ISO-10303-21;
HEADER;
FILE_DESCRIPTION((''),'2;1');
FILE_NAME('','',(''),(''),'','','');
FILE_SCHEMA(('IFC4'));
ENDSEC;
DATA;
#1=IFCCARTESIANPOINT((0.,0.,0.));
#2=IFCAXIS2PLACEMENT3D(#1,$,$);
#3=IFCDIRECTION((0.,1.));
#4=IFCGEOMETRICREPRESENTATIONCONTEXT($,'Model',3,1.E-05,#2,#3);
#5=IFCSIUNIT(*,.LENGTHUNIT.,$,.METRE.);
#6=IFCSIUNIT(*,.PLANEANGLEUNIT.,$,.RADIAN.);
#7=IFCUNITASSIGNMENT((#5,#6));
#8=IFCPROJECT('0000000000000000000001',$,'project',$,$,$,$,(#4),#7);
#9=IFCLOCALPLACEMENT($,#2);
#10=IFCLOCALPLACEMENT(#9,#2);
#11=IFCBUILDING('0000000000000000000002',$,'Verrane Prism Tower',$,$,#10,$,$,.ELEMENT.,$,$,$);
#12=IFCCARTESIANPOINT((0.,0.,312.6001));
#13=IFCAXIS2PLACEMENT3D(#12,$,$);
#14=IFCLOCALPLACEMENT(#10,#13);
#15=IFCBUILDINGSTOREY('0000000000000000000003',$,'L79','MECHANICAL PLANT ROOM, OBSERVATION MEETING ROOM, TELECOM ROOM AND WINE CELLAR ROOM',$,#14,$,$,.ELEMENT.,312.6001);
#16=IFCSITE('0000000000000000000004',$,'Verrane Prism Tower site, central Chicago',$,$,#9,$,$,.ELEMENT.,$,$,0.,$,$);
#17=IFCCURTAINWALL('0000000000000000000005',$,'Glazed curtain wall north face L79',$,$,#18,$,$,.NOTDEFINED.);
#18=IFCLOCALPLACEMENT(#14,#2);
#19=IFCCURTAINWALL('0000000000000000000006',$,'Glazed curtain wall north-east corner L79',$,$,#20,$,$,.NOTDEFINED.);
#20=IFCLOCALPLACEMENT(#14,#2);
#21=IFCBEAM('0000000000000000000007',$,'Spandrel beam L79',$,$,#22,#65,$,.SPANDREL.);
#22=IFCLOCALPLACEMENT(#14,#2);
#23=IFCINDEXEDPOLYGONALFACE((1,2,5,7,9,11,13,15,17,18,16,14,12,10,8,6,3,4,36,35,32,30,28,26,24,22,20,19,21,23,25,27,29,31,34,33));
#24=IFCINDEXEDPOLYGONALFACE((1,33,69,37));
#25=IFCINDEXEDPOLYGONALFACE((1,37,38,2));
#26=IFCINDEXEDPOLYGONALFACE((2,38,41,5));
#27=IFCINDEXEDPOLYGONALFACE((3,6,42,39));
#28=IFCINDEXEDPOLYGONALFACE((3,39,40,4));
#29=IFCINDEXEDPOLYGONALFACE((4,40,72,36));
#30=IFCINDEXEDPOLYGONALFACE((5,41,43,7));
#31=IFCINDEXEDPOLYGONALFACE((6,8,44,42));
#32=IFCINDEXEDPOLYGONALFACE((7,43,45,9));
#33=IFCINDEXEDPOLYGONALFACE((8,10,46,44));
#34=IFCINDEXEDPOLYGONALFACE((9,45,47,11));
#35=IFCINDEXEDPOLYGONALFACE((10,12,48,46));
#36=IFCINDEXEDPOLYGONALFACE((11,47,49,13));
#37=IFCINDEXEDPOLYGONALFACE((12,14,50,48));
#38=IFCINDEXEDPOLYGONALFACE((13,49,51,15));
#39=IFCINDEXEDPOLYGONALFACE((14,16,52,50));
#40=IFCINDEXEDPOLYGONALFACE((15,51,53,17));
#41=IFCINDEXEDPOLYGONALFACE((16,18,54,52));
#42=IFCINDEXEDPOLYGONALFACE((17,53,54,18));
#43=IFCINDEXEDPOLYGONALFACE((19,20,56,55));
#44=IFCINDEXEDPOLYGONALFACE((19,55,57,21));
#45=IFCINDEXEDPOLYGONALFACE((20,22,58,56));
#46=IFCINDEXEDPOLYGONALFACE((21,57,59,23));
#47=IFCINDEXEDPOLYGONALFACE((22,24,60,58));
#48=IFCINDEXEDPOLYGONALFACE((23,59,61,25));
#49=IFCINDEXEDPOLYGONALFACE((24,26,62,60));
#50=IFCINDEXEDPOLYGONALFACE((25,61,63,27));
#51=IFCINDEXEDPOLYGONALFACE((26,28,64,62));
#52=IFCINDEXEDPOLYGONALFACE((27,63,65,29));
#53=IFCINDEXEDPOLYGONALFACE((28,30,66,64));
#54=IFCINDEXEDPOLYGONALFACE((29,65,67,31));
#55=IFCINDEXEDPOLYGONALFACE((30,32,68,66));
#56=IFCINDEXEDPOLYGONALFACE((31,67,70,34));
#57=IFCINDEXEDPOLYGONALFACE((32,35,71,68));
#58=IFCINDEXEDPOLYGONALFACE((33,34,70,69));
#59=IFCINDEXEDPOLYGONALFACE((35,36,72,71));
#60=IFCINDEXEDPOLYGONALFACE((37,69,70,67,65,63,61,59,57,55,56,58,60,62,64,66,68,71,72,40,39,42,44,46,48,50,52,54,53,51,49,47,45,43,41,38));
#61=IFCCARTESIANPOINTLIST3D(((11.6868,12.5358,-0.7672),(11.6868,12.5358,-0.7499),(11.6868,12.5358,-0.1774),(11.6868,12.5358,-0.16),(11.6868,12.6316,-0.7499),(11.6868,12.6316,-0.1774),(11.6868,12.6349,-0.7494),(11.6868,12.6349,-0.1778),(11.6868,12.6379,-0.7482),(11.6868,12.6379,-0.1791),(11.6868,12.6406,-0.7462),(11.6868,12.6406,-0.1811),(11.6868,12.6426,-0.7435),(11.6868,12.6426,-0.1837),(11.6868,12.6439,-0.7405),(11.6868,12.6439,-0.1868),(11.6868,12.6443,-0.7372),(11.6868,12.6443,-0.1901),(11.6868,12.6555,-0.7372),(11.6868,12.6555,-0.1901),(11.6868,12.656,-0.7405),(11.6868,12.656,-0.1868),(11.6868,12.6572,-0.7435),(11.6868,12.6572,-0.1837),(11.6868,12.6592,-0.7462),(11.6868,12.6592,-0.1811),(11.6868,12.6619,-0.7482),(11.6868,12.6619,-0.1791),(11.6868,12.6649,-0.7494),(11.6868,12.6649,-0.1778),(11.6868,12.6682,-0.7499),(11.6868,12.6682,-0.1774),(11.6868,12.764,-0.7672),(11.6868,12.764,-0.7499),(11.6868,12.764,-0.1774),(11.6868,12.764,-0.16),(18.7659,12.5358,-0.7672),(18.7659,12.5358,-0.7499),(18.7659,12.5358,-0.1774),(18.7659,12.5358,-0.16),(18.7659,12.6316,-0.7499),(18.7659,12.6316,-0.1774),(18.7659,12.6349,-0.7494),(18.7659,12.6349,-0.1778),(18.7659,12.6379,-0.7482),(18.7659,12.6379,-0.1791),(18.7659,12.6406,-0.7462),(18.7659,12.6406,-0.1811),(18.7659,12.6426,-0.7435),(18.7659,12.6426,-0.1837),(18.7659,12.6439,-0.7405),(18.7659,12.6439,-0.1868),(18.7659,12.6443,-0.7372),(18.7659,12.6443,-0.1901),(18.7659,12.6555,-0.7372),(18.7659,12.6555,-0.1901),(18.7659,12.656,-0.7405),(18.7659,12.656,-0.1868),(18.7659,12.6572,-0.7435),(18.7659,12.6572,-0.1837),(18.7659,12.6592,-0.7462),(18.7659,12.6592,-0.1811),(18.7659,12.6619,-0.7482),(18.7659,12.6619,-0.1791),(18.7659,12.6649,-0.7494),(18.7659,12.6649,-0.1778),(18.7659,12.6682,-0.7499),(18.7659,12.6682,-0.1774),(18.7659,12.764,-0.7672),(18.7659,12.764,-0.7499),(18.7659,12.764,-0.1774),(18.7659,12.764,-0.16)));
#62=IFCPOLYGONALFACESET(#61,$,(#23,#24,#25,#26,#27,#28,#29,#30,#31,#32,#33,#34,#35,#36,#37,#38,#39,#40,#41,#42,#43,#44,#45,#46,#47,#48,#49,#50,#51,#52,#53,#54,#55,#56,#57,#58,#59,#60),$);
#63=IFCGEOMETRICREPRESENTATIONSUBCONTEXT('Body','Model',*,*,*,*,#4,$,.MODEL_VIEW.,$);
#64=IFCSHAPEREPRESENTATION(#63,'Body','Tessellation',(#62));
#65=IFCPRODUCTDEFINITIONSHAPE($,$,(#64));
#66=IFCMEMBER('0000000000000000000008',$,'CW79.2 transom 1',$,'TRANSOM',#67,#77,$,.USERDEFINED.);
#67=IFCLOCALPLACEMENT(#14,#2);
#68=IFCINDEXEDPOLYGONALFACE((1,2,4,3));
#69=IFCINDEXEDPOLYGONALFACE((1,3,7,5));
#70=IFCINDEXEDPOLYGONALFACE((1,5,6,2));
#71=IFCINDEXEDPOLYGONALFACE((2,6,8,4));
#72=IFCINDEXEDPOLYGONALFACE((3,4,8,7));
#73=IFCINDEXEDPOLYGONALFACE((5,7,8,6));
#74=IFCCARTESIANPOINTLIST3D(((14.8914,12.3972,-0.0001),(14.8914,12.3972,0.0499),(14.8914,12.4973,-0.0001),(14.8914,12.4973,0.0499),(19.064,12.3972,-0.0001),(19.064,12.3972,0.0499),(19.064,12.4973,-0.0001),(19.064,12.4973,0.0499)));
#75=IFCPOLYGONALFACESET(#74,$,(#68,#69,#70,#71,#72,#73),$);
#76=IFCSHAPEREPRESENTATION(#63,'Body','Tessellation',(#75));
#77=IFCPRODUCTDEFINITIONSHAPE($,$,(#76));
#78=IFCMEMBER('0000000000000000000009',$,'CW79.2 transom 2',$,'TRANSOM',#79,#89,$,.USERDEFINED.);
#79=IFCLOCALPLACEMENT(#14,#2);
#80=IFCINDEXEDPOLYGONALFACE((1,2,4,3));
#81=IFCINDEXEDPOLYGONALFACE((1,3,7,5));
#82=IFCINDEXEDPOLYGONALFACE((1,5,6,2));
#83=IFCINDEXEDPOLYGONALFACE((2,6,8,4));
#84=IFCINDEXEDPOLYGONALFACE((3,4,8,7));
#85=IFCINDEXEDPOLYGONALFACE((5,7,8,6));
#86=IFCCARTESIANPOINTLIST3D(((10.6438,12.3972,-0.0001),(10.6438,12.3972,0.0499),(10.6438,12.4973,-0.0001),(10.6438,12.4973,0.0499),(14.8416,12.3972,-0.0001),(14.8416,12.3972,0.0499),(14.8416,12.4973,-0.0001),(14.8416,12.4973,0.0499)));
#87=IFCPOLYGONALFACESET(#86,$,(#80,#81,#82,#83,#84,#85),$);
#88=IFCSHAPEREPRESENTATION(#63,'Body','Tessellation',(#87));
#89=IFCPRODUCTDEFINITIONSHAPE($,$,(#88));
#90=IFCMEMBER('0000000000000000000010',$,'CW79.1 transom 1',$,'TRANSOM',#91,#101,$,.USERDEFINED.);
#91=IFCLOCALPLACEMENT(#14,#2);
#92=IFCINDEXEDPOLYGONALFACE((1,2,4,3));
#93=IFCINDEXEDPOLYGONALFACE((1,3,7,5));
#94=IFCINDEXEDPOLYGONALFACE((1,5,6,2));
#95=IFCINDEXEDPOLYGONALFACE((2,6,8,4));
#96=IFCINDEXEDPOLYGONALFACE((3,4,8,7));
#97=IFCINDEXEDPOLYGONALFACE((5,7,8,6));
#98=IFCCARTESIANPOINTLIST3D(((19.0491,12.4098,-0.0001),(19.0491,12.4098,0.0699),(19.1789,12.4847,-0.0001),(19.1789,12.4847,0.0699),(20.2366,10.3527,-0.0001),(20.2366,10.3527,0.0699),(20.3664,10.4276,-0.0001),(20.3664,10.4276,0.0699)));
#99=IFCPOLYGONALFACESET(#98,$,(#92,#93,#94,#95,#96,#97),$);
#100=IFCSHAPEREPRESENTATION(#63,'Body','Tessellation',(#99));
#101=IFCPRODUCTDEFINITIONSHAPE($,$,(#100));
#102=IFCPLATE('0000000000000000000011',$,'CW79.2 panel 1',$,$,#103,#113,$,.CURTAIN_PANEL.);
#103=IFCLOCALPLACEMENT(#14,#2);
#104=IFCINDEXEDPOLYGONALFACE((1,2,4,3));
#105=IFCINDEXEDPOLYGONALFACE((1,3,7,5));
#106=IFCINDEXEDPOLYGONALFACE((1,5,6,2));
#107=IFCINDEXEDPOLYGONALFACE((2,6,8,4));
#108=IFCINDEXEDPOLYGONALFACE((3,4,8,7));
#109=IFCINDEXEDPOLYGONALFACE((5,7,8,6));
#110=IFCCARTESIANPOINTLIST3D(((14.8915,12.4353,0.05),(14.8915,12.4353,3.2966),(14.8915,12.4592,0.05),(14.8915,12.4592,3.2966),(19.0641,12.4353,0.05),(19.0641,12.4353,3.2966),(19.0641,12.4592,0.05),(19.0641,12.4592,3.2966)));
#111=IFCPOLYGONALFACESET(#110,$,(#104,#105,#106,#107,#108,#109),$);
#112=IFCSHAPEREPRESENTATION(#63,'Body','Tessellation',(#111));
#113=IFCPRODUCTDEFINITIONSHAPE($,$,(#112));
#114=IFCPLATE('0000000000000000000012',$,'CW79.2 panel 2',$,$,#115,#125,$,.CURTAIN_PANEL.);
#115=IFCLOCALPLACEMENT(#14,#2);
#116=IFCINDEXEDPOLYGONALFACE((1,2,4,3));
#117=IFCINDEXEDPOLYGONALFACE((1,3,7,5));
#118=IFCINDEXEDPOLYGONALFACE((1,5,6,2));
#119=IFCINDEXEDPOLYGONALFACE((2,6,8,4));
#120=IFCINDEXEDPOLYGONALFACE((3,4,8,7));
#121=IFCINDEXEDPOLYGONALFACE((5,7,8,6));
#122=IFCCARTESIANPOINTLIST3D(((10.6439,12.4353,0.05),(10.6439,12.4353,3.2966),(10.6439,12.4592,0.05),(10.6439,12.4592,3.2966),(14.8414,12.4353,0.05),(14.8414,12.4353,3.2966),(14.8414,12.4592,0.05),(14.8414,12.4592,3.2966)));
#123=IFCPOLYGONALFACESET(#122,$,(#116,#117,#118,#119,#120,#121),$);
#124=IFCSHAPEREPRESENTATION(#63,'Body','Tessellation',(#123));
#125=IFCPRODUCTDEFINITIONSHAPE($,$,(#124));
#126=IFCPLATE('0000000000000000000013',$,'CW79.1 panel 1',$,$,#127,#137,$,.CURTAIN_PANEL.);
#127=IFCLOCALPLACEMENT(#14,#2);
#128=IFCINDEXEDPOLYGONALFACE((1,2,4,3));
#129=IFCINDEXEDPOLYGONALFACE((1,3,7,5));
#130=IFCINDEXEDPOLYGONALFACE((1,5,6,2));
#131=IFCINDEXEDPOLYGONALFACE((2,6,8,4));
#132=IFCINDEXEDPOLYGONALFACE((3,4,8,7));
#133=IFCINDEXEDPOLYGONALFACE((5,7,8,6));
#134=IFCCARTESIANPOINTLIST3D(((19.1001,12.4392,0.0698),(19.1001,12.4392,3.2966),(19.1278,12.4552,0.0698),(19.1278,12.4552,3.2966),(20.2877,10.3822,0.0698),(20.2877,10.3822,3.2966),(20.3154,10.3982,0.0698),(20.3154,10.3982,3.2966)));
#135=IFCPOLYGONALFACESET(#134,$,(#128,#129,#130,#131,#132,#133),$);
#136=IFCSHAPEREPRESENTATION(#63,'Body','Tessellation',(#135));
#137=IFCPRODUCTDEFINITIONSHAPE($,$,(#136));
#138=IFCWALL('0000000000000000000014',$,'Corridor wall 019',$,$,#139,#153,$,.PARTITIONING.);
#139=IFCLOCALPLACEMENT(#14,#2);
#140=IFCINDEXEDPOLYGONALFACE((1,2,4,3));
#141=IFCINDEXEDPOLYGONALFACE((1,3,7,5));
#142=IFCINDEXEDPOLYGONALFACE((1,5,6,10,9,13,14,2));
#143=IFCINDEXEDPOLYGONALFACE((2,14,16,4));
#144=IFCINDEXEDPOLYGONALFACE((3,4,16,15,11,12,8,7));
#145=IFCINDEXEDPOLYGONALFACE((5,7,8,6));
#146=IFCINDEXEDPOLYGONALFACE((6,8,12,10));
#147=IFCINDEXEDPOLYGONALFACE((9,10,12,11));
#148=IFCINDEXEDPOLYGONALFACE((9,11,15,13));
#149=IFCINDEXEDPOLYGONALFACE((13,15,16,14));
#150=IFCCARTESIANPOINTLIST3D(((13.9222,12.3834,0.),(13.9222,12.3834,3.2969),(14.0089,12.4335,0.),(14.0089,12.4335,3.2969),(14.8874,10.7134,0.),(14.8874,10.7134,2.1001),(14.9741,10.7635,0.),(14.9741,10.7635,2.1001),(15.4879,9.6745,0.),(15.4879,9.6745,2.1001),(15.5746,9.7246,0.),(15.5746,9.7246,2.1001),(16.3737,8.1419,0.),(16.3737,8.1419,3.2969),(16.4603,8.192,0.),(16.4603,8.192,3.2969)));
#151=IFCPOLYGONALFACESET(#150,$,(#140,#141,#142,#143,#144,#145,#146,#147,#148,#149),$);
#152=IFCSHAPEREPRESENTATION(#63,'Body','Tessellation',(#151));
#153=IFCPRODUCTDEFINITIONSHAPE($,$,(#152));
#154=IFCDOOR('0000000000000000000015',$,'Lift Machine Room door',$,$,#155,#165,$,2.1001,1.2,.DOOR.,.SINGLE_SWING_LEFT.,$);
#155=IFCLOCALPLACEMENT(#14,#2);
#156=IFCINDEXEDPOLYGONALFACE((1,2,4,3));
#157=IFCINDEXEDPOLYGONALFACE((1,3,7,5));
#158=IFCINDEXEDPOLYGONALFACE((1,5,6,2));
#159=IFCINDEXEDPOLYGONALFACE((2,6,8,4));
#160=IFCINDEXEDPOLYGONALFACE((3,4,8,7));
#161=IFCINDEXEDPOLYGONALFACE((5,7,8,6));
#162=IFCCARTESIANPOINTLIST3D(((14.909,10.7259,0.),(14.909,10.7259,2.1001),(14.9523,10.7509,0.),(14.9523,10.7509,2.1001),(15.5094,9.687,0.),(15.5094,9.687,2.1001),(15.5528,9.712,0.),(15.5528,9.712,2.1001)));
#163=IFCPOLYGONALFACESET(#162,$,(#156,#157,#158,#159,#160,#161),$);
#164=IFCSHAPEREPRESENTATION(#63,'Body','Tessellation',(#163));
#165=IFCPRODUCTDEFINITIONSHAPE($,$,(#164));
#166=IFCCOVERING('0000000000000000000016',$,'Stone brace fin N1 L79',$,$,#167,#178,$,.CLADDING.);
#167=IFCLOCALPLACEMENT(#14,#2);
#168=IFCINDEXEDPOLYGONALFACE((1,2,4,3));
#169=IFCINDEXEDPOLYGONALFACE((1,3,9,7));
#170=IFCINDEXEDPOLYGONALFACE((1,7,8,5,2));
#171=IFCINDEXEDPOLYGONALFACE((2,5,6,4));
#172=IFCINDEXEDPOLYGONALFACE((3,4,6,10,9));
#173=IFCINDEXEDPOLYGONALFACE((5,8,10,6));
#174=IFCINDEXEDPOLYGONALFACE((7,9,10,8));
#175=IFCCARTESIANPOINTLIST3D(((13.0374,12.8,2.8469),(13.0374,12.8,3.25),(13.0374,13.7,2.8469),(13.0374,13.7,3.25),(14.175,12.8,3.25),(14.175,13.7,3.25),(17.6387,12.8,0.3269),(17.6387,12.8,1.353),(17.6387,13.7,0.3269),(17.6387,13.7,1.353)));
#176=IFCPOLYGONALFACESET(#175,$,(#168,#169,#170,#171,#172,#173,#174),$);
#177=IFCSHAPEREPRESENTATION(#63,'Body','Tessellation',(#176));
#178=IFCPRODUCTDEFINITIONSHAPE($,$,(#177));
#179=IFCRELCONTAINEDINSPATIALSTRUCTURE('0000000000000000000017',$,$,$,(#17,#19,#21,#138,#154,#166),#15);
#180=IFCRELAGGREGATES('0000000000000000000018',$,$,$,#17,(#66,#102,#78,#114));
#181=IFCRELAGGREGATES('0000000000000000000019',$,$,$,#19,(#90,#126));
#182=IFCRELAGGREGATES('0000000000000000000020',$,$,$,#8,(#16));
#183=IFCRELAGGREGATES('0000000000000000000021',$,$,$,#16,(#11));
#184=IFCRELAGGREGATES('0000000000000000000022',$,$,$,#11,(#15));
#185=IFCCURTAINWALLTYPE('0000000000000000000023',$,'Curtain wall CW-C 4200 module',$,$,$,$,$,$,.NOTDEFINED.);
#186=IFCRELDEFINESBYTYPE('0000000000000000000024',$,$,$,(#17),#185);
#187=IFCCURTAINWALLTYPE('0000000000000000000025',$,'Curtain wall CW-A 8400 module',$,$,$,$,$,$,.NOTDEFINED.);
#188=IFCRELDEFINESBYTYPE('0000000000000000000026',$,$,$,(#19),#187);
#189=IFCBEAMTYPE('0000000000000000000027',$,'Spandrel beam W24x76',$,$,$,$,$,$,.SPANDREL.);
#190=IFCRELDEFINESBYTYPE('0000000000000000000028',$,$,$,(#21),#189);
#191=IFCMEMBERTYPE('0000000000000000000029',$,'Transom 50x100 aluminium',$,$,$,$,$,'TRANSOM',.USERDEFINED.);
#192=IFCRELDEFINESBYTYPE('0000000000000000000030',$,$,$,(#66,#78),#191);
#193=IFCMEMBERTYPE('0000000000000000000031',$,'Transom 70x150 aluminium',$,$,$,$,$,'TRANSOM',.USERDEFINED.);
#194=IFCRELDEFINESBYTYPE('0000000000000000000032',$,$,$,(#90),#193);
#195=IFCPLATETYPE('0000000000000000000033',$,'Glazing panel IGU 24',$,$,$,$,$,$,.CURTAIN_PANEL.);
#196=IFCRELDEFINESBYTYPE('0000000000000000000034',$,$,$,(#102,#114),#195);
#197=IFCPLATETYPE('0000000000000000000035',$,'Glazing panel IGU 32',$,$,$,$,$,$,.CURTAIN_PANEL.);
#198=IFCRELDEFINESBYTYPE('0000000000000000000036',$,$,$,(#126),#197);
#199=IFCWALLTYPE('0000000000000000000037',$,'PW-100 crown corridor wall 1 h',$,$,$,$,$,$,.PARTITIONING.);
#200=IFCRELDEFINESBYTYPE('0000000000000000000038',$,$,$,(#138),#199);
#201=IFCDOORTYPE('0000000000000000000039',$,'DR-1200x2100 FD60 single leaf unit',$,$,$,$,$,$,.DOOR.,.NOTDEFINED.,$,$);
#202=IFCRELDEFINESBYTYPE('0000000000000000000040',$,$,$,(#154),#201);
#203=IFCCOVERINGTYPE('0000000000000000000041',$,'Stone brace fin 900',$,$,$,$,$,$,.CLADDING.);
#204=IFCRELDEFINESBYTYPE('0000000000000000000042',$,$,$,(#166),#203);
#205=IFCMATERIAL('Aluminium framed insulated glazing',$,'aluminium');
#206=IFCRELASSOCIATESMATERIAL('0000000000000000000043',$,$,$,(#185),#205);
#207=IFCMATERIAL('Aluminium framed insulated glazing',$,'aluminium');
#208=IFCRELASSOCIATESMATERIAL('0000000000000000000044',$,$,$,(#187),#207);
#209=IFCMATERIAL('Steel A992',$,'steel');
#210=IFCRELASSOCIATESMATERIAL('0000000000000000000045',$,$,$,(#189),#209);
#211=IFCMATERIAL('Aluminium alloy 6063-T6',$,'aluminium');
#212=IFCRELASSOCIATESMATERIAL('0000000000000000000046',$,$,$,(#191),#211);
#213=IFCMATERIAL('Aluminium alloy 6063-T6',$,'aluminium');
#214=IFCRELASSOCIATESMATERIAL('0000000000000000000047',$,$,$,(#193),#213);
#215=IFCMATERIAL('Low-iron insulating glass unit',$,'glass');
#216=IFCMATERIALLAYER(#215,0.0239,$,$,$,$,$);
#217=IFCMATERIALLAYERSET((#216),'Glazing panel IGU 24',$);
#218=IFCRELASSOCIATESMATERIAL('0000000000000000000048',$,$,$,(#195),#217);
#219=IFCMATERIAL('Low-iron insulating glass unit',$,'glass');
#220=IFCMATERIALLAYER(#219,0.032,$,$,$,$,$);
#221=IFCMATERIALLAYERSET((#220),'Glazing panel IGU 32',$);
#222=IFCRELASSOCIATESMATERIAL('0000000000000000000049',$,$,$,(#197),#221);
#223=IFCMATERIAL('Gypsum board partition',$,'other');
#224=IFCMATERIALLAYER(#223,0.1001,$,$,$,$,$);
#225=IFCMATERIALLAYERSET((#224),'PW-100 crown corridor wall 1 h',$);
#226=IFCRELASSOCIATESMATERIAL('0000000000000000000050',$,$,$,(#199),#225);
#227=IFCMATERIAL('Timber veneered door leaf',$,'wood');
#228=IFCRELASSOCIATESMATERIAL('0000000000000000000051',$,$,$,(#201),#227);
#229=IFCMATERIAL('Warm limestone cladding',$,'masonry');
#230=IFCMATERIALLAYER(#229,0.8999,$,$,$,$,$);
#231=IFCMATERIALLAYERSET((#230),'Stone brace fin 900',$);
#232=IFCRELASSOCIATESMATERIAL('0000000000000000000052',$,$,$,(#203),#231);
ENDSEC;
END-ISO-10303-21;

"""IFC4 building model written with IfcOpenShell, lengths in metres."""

from ifc_helpers import new_model, si_unit, direction, frame, frame_2d, origin, origin_2d, place, context, subcontext, project, spatial, polyline, rectangle, i_section, outline, extrude, material, layer, layer_set, material_profile, profile_set, type_object, element, fill, aggregate, save


model = new_model("IFC4")

# Units and contexts
model_context = context("Model", 3, precision=1e-05, world=origin(), true_north=direction((0.0, 1.0)))
body_context = subcontext(model_context, "Body", "Model", "MODEL_VIEW")
ifc_project = project(units=[si_unit("LENGTHUNIT", "METRE"), si_unit("PLANEANGLEUNIT", "RADIAN")], contexts=[model_context])

# Site, building, storey
site_placement = place(None, origin())
site = spatial("IfcSite", under=ifc_project, at=site_placement, Name="Verrane Prism Tower site, central Chicago", CompositionType="ELEMENT", RefElevation=0.0)
building_placement = place(site_placement, origin())
building = spatial("IfcBuilding", under=site, at=building_placement, Name="Verrane Prism Tower", CompositionType="ELEMENT")
storey_placement = place(building_placement, frame((0.0, 0.0, 312.6001)))
storey = spatial("IfcBuildingStorey", under=building, at=storey_placement, Name="L79", Description="MECHANICAL PLANT ROOM, OBSERVATION MEETING ROOM, TELECOM ROOM AND WINE CELLAR ROOM", CompositionType="ELEMENT", Elevation=312.6001)

# Curtain wall
ifc_material_1 = material(Name="Aluminium framed insulated glazing", Category="aluminium")
curtain_wall_type_1 = type_object("IfcCurtainWallType", Name="Curtain wall CW-C 4200 module", PredefinedType="NOTDEFINED", material=ifc_material_1)
curtain_wall_1_placement = place(storey_placement, origin())
curtain_wall_1 = element("IfcCurtainWall", 1, at=curtain_wall_1_placement, inside=storey, type_object=curtain_wall_type_1, Name="Glazed curtain wall north face L79", PredefinedType="NOTDEFINED")

# Curtain wall
ifc_material_2 = material(Name="Aluminium framed insulated glazing", Category="aluminium")
curtain_wall_type_2 = type_object("IfcCurtainWallType", Name="Curtain wall CW-A 8400 module", PredefinedType="NOTDEFINED", material=ifc_material_2)
curtain_wall_2_placement = place(storey_placement, origin())
curtain_wall_2 = element("IfcCurtainWall", 2, at=curtain_wall_2_placement, inside=storey, type_object=curtain_wall_type_2, Name="Glazed curtain wall north-east corner L79", PredefinedType="NOTDEFINED")

# Beam
ifc_material_3 = material(Name="Steel A992", Category="steel")
ifc_material_profile_1 = material_profile(ifc_material_3, i_section(OverallWidth=0.2283, OverallDepth=0.6072, WebThickness=0.0112, FlangeThickness=0.0173, FilletRadius=0.0127, at=origin_2d()), Name="W24x76")
ifc_profile_set_1 = profile_set([ifc_material_profile_1], Name="Steel A992")
beam_type_1 = type_object("IfcBeamType", Name="Spandrel beam W24x76", PredefinedType="SPANDREL", material=ifc_profile_set_1)
beam_1_placement = place(storey_placement, frame((18.7659, 12.6499, -0.4636), z_axis=(-1.0, 0.0, 0.0), x_axis=(0.0, -1.0, 0.0)))
element("IfcBeam", 3, at=beam_1_placement, inside=storey, type_object=beam_type_1, Name="Spandrel beam L79", PredefinedType="SPANDREL", context=body_context, shape_type="SweptSolid", body=[
    extrude(i_section(OverallWidth=0.2283, OverallDepth=0.6072, WebThickness=0.0112, FlangeThickness=0.0173, FilletRadius=0.0127, at=origin_2d()), origin(), (0.0, 0.0, 1.0), 7.0791),
])

# Members
ifc_material_4 = material(Name="Aluminium alloy 6063-T6", Category="aluminium")
ifc_material_profile_2 = material_profile(ifc_material_4, rectangle(XDim=0.1001, YDim=0.05, at=origin_2d()), Name="Transom 50x100 aluminium")
ifc_profile_set_2 = profile_set([ifc_material_profile_2], Name="Aluminium alloy 6063-T6")
member_type_1 = type_object("IfcMemberType", Name="Transom 50x100 aluminium", ElementType="TRANSOM", PredefinedType="USERDEFINED", material=ifc_profile_set_2)
member_1_placement = place(storey_placement, frame((19.064, 12.4473, 0.0249), z_axis=(-1.0, 0.0, 0.0), x_axis=(0.0, -1.0, 0.0)))
member_1 = element("IfcMember", 4, at=member_1_placement, type_object=member_type_1, Name="CW79.2 transom 1", ObjectType="TRANSOM", PredefinedType="USERDEFINED", context=body_context, shape_type="SweptSolid", body=[
    extrude(rectangle(XDim=0.1001, YDim=0.05, at=origin_2d()), origin(), (0.0, 0.0, 1.0), 4.1726),
])
member_2_placement = place(storey_placement, frame((14.8416, 12.4473, 0.0249), z_axis=(-1.0, 0.0, 0.0), x_axis=(0.0, -1.0, 0.0)))
member_2 = element("IfcMember", 5, at=member_2_placement, type_object=member_type_1, Name="CW79.2 transom 2", ObjectType="TRANSOM", PredefinedType="USERDEFINED", context=body_context, shape_type="SweptSolid", body=[
    extrude(rectangle(XDim=0.1001, YDim=0.05, at=origin_2d()), origin(), (0.0, 0.0, 1.0), 4.1978),
])
ifc_material_5 = material(Name="Aluminium alloy 6063-T6", Category="aluminium")
ifc_material_profile_3 = material_profile(ifc_material_5, rectangle(XDim=0.1499, YDim=0.0701, at=origin_2d()), Name="Transom 70x150 aluminium")
ifc_profile_set_3 = profile_set([ifc_material_profile_3], Name="Aluminium alloy 6063-T6")
member_type_2 = type_object("IfcMemberType", Name="Transom 70x150 aluminium", ElementType="TRANSOM", PredefinedType="USERDEFINED", material=ifc_profile_set_3)
member_3_placement = place(storey_placement, frame((20.3015, 10.3901, 0.0349), z_axis=(-0.499942, 0.866059, 0.0), x_axis=(-0.866059, -0.499942, 0.0)))
member_3 = element("IfcMember", 6, at=member_3_placement, type_object=member_type_2, Name="CW79.1 transom 1", ObjectType="TRANSOM", PredefinedType="USERDEFINED", context=body_context, shape_type="SweptSolid", body=[
    extrude(rectangle(XDim=0.1499, YDim=0.0701, at=origin_2d()), origin(), (0.0, 0.0, 1.0), 2.3752),
])

# Plates
ifc_material_6 = material(Name="Low-iron insulating glass unit", Category="glass")
ifc_layer_1 = layer(ifc_material_6, 0.0239)
ifc_layer_set_1 = layer_set([ifc_layer_1], Name="Glazing panel IGU 24")
plate_type_1 = type_object("IfcPlateType", Name="Glazing panel IGU 24", PredefinedType="CURTAIN_PANEL", material=ifc_layer_set_1)
plate_1_placement = place(storey_placement, frame((16.9778, 12.4473, 0.05), z_axis=(0.0, 0.0, 1.0), x_axis=(-1.0, 0.0, 0.0)))
plate_1 = element("IfcPlate", 7, at=plate_1_placement, type_object=plate_type_1, Name="CW79.2 panel 1", PredefinedType="CURTAIN_PANEL", context=body_context, shape_type="SweptSolid", body=[
    extrude(rectangle(XDim=4.1726, YDim=0.0239, at=origin_2d()), origin(), (0.0, 0.0, 1.0), 3.2466),
])
plate_2_placement = place(storey_placement, frame((12.7427, 12.4473, 0.05), z_axis=(0.0, 0.0, 1.0), x_axis=(-1.0, 0.0, 0.0)))
plate_2 = element("IfcPlate", 8, at=plate_2_placement, type_object=plate_type_1, Name="CW79.2 panel 2", PredefinedType="CURTAIN_PANEL", context=body_context, shape_type="SweptSolid", body=[
    extrude(rectangle(XDim=4.1975, YDim=0.0239, at=origin_2d()), origin(), (0.0, 0.0, 1.0), 3.2466),
])
aggregate(curtain_wall_1, [member_1, plate_1, member_2, plate_2])
ifc_material_7 = material(Name="Low-iron insulating glass unit", Category="glass")
ifc_layer_2 = layer(ifc_material_7, 0.032)
ifc_layer_set_2 = layer_set([ifc_layer_2], Name="Glazing panel IGU 32")
plate_type_2 = type_object("IfcPlateType", Name="Glazing panel IGU 32", PredefinedType="CURTAIN_PANEL", material=ifc_layer_set_2)
plate_3_placement = place(storey_placement, frame((19.7078, 11.4187, 0.0698), z_axis=(0.0, 0.0, 1.0), x_axis=(-0.500001, 0.866025, 0.0)))
plate_3 = element("IfcPlate", 9, at=plate_3_placement, type_object=plate_type_2, Name="CW79.1 panel 1", PredefinedType="CURTAIN_PANEL", context=body_context, shape_type="SweptSolid", body=[
    extrude(rectangle(XDim=2.3752, YDim=0.032, at=origin_2d()), origin(), (0.0, 0.0, 1.0), 3.2268),
])
aggregate(curtain_wall_2, [member_3, plate_3])

# Wall, opening, door
ifc_material_8 = material(Name="Gypsum board partition", Category="other")
ifc_layer_3 = layer(ifc_material_8, 0.1001)
ifc_layer_set_3 = layer_set([ifc_layer_3], Name="PW-100 crown corridor wall 1 h")
wall_type = type_object("IfcWallType", Name="PW-100 crown corridor wall 1 h", PredefinedType="PARTITIONING", material=ifc_layer_set_3)
wall_placement = place(storey_placement, frame((13.9656, 12.4084, 0.0), z_axis=(0.0, 0.0, 1.0), x_axis=(0.5004, -0.865795, 0.0)))
wall = element("IfcWall", 10, at=wall_placement, inside=storey, type_object=wall_type, Name="Corridor wall 019", PredefinedType="PARTITIONING", context=body_context, shape_type="SweptSolid", body=[
    extrude(rectangle(XDim=4.8989, YDim=0.1001, at=frame_2d((2.4495, 0.0))), origin(), (0.0, 0.0, 1.0), 3.2969),
])
opening_placement = place(wall_placement, frame((1.9287, 0.0, 0.0)))
opening = element("IfcOpeningElement", 11, at=opening_placement, cuts=wall, PredefinedType="OPENING", context=body_context, shape_type="SweptSolid", body=[
    extrude(rectangle(XDim=1.2, YDim=2.1001, at=frame_2d((0.6001, 1.05))), frame((0.0, 0.0601, 0.0), z_axis=(0.0, -1.0, 0.0), x_axis=(1.0, 0.0, 0.0)), (0.0, 0.0, 1.0), 0.1201),
])
ifc_material_9 = material(Name="Timber veneered door leaf", Category="wood")
door_type = type_object("IfcDoorType", Name="DR-1200x2100 FD60 single leaf unit", OperationType="NOTDEFINED", PredefinedType="DOOR", material=ifc_material_9)
door_placement = place(opening_placement, origin())
door = element("IfcDoor", 12, at=door_placement, inside=storey, type_object=door_type, Name="Lift Machine Room door", OperationType="SINGLE_SWING_LEFT", OverallHeight=2.1001, OverallWidth=1.2, PredefinedType="DOOR", context=body_context, shape_type="SweptSolid", body=[
    extrude(rectangle(XDim=1.2, YDim=2.1001, at=frame_2d((0.6001, 1.05))), frame((0.0, 0.0249, 0.0), z_axis=(0.0, -1.0, 0.0), x_axis=(1.0, 0.0, 0.0)), (0.0, 0.0, 1.0), 0.05),
])
fill(opening, door)

# Covering
ifc_material_10 = material(Name="Warm limestone cladding", Category="masonry")
ifc_layer_4 = layer(ifc_material_10, 0.8999)
ifc_layer_set_4 = layer_set([ifc_layer_4], Name="Stone brace fin 900")
covering_type = type_object("IfcCoveringType", Name="Stone brace fin 900", PredefinedType="CLADDING", material=ifc_layer_set_4)
covering_placement = place(storey_placement, frame((17.6387, 13.25, 0.3269), z_axis=(0.0, 0.0, 1.0), x_axis=(-1.0, 0.0, 0.0)))
element("IfcCovering", 13, at=covering_placement, inside=storey, type_object=covering_type, Name="Stone brace fin N1 L79", PredefinedType="CLADDING", context=body_context, shape_type="SweptSolid", body=[
    extrude(outline(polyline([(4.6013, 2.9231), (3.4636, 2.9231), (0.0, 1.0261), (0.0, 0.0), (4.6013, 2.52), (4.6013, 2.9231)])), frame((0.0, 0.45, 0.0), z_axis=(0.0, -1.0, 0.0), x_axis=(1.0, 0.0, 0.0)), (0.0, 0.0, 1.0), 0.8999),
])

save(model, "model.ifc")
